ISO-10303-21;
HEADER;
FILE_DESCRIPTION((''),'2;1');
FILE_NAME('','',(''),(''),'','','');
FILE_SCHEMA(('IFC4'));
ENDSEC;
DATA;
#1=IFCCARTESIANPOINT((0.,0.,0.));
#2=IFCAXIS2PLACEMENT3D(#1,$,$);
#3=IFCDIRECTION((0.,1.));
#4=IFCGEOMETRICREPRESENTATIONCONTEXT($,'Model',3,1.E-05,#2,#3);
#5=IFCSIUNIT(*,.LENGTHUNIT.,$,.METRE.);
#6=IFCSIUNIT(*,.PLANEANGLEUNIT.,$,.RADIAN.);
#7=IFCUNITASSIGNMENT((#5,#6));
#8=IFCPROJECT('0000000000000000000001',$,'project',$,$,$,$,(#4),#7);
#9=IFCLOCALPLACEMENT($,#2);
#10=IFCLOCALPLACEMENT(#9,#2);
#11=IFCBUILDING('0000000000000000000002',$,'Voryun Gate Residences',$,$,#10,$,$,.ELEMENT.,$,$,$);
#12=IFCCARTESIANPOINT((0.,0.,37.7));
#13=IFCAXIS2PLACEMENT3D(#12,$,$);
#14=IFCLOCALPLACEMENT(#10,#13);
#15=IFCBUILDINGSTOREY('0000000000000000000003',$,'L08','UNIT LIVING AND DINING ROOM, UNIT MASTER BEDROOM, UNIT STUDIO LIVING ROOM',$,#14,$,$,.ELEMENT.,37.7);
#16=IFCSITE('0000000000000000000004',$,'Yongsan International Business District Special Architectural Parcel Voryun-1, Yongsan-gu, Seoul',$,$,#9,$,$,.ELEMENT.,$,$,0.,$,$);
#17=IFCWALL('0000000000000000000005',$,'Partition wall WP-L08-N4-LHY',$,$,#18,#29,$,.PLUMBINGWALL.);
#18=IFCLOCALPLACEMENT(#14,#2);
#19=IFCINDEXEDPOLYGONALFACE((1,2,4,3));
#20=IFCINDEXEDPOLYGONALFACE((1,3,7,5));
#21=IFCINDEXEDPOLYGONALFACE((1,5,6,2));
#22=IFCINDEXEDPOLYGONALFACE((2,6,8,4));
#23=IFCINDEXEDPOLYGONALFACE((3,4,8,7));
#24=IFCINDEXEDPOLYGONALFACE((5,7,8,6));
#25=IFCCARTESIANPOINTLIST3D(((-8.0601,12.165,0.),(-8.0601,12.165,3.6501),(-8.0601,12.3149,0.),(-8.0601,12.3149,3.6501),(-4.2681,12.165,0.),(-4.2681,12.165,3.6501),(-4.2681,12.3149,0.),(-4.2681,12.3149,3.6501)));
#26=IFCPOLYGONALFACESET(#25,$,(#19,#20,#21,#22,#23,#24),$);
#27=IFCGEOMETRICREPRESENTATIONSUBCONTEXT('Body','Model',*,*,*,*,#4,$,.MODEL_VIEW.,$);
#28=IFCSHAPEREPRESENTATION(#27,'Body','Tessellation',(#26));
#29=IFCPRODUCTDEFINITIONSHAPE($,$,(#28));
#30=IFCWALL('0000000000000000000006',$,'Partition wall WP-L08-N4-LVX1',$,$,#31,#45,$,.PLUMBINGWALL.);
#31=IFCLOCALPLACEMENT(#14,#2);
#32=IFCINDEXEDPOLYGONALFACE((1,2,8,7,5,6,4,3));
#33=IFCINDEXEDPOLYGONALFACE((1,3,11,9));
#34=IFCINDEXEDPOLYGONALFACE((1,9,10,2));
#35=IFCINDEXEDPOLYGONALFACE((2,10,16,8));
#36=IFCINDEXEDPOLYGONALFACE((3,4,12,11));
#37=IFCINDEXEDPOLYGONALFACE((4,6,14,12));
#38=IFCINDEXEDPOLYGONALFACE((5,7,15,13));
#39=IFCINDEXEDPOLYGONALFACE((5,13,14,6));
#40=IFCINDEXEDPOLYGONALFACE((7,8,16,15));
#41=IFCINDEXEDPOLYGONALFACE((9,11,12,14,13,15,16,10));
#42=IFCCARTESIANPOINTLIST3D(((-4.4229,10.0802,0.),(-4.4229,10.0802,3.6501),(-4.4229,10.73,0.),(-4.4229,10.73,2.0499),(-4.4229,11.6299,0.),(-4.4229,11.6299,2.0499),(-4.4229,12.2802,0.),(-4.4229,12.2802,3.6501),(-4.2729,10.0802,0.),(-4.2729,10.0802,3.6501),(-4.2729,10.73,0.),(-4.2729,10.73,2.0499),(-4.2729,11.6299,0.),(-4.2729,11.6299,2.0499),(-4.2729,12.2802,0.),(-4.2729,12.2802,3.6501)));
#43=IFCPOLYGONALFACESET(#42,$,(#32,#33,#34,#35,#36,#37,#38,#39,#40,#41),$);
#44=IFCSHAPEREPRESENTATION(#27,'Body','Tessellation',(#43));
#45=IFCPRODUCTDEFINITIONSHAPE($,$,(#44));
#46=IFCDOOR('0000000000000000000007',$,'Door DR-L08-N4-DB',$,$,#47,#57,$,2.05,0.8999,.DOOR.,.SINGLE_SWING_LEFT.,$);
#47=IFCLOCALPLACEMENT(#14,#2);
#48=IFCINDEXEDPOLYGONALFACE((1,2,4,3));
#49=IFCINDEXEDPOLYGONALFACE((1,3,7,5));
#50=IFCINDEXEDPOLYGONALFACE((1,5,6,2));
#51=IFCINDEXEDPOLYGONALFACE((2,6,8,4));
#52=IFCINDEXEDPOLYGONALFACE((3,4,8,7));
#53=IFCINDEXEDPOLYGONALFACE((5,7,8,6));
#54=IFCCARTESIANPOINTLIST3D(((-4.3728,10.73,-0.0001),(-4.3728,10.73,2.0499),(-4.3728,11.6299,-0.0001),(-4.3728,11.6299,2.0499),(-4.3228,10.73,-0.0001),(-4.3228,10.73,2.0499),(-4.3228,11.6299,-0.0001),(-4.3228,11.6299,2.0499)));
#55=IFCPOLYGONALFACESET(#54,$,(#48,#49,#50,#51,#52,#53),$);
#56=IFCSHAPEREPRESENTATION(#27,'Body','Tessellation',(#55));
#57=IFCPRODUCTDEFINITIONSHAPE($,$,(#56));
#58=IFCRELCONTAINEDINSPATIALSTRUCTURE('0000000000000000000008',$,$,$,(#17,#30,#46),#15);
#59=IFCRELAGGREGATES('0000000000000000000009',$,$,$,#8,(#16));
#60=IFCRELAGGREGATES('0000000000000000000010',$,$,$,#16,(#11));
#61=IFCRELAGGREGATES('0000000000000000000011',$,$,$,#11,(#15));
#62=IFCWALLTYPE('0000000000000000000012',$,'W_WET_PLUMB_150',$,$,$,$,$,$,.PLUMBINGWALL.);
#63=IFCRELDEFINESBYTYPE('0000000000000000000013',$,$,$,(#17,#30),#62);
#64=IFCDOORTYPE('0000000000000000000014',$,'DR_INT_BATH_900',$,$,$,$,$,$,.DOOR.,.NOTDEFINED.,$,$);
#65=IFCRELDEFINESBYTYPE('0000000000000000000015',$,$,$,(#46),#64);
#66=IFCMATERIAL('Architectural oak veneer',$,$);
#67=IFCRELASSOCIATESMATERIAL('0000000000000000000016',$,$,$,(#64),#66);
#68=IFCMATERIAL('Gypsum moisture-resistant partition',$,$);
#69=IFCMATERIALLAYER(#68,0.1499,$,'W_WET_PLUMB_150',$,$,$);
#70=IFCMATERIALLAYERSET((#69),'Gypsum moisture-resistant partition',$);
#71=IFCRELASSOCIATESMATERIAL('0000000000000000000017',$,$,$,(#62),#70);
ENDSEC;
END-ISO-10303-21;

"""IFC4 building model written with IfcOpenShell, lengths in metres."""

from ifc_helpers import new_model, si_unit, direction, frame, frame_2d, origin, place, context, subcontext, project, spatial, rectangle, extrude, material, layer, layer_set, type_object, element, fill, save


model = new_model("IFC4")

# Units and contexts
model_context = context("Model", 3, precision=1e-05, world=origin(), true_north=direction((0.0, 1.0)))
body_context = subcontext(model_context, "Body", "Model", "MODEL_VIEW")
ifc_project = project(units=[si_unit("LENGTHUNIT", "METRE"), si_unit("PLANEANGLEUNIT", "RADIAN")], contexts=[model_context])

# Site, building, storey
site_placement = place(None, origin())
site = spatial("IfcSite", under=ifc_project, at=site_placement, Name="Yongsan International Business District Special Architectural Parcel Voryun-1, Yongsan-gu, Seoul", CompositionType="ELEMENT", RefElevation=0.0)
building_placement = place(site_placement, origin())
building = spatial("IfcBuilding", under=site, at=building_placement, Name="Voryun Gate Residences", CompositionType="ELEMENT")
storey_placement = place(building_placement, frame((0.0, 0.0, 37.7)))
storey = spatial("IfcBuildingStorey", under=building, at=storey_placement, Name="L08", Description="UNIT LIVING AND DINING ROOM, UNIT MASTER BEDROOM, UNIT STUDIO LIVING ROOM", CompositionType="ELEMENT", Elevation=37.7)

# Shared definitions
ifc_material_1 = material(Name="Architectural oak veneer")
door_type_1 = type_object("IfcDoorType", Name="DR_INT_BATH_900", OperationType="NOTDEFINED", PredefinedType="DOOR", material=ifc_material_1)

# Shared definitions
ifc_material_2 = material(Name="Gypsum moisture-resistant partition")
ifc_layer_1 = layer(ifc_material_2, 0.1499, Name="W_WET_PLUMB_150")
ifc_layer_set_1 = layer_set([ifc_layer_1], Name="Gypsum moisture-resistant partition")
wall_type_1 = type_object("IfcWallType", Name="W_WET_PLUMB_150", PredefinedType="PLUMBINGWALL", material=ifc_layer_set_1)

# Wall
wall_1_placement = place(storey_placement, frame((-8.0601, 12.24, 0.0), z_axis=(0.0, 0.0, 1.0), x_axis=(1.0, 0.0, 0.0)))
element("IfcWall", 1, at=wall_1_placement, inside=storey, type_object=wall_type_1, Name="Partition wall WP-L08-N4-LHY", PredefinedType="PLUMBINGWALL", context=body_context, shape_type="SweptSolid", body=[
    extrude(rectangle(XDim=3.792, YDim=0.1499, at=frame_2d((1.896, 0.0))), origin(), (0.0, 0.0, 1.0), 3.6501),
])

# Wall, opening, door
wall_2_placement = place(storey_placement, frame((-4.3479, 10.0801, 0.0), z_axis=(0.0, 0.0, 1.0), x_axis=(0.0, 1.0, 0.0)))
wall_2 = element("IfcWall", 2, at=wall_2_placement, inside=storey, type_object=wall_type_1, Name="Partition wall WP-L08-N4-LVX1", PredefinedType="PLUMBINGWALL", context=body_context, shape_type="SweptSolid", body=[
    extrude(rectangle(XDim=2.2, YDim=0.1499, at=frame_2d((1.1001, 0.0))), origin(), (0.0, 0.0, 1.0), 3.6501),
])
opening_1_placement = place(wall_2_placement, frame((0.6499, 0.0, 0.0)))
opening_1 = element("IfcOpeningElement", 3, at=opening_1_placement, cuts=wall_2, PredefinedType="OPENING", context=body_context, shape_type="SweptSolid", body=[
    extrude(rectangle(XDim=0.8999, YDim=2.05, at=frame_2d((0.45, 1.0249))), frame((0.0, 0.085, 0.0), z_axis=(0.0, -1.0, 0.0), x_axis=(1.0, 0.0, 0.0)), (0.0, 0.0, 1.0), 0.1699),
])
door_1_placement = place(opening_1_placement, origin())
door_1 = element("IfcDoor", 4, at=door_1_placement, inside=storey, type_object=door_type_1, Name="Door DR-L08-N4-DB", OperationType="SINGLE_SWING_LEFT", OverallHeight=2.05, OverallWidth=0.8999, PredefinedType="DOOR", context=body_context, shape_type="SweptSolid", body=[
    extrude(rectangle(XDim=0.8999, YDim=2.05, at=frame_2d((0.45, 1.0249))), frame((0.0, 0.0249, 0.0), z_axis=(0.0, -1.0, 0.0), x_axis=(1.0, 0.0, 0.0)), (0.0, 0.0, 1.0), 0.05),
])
fill(opening_1, door_1)

save(model, "model.ifc")
